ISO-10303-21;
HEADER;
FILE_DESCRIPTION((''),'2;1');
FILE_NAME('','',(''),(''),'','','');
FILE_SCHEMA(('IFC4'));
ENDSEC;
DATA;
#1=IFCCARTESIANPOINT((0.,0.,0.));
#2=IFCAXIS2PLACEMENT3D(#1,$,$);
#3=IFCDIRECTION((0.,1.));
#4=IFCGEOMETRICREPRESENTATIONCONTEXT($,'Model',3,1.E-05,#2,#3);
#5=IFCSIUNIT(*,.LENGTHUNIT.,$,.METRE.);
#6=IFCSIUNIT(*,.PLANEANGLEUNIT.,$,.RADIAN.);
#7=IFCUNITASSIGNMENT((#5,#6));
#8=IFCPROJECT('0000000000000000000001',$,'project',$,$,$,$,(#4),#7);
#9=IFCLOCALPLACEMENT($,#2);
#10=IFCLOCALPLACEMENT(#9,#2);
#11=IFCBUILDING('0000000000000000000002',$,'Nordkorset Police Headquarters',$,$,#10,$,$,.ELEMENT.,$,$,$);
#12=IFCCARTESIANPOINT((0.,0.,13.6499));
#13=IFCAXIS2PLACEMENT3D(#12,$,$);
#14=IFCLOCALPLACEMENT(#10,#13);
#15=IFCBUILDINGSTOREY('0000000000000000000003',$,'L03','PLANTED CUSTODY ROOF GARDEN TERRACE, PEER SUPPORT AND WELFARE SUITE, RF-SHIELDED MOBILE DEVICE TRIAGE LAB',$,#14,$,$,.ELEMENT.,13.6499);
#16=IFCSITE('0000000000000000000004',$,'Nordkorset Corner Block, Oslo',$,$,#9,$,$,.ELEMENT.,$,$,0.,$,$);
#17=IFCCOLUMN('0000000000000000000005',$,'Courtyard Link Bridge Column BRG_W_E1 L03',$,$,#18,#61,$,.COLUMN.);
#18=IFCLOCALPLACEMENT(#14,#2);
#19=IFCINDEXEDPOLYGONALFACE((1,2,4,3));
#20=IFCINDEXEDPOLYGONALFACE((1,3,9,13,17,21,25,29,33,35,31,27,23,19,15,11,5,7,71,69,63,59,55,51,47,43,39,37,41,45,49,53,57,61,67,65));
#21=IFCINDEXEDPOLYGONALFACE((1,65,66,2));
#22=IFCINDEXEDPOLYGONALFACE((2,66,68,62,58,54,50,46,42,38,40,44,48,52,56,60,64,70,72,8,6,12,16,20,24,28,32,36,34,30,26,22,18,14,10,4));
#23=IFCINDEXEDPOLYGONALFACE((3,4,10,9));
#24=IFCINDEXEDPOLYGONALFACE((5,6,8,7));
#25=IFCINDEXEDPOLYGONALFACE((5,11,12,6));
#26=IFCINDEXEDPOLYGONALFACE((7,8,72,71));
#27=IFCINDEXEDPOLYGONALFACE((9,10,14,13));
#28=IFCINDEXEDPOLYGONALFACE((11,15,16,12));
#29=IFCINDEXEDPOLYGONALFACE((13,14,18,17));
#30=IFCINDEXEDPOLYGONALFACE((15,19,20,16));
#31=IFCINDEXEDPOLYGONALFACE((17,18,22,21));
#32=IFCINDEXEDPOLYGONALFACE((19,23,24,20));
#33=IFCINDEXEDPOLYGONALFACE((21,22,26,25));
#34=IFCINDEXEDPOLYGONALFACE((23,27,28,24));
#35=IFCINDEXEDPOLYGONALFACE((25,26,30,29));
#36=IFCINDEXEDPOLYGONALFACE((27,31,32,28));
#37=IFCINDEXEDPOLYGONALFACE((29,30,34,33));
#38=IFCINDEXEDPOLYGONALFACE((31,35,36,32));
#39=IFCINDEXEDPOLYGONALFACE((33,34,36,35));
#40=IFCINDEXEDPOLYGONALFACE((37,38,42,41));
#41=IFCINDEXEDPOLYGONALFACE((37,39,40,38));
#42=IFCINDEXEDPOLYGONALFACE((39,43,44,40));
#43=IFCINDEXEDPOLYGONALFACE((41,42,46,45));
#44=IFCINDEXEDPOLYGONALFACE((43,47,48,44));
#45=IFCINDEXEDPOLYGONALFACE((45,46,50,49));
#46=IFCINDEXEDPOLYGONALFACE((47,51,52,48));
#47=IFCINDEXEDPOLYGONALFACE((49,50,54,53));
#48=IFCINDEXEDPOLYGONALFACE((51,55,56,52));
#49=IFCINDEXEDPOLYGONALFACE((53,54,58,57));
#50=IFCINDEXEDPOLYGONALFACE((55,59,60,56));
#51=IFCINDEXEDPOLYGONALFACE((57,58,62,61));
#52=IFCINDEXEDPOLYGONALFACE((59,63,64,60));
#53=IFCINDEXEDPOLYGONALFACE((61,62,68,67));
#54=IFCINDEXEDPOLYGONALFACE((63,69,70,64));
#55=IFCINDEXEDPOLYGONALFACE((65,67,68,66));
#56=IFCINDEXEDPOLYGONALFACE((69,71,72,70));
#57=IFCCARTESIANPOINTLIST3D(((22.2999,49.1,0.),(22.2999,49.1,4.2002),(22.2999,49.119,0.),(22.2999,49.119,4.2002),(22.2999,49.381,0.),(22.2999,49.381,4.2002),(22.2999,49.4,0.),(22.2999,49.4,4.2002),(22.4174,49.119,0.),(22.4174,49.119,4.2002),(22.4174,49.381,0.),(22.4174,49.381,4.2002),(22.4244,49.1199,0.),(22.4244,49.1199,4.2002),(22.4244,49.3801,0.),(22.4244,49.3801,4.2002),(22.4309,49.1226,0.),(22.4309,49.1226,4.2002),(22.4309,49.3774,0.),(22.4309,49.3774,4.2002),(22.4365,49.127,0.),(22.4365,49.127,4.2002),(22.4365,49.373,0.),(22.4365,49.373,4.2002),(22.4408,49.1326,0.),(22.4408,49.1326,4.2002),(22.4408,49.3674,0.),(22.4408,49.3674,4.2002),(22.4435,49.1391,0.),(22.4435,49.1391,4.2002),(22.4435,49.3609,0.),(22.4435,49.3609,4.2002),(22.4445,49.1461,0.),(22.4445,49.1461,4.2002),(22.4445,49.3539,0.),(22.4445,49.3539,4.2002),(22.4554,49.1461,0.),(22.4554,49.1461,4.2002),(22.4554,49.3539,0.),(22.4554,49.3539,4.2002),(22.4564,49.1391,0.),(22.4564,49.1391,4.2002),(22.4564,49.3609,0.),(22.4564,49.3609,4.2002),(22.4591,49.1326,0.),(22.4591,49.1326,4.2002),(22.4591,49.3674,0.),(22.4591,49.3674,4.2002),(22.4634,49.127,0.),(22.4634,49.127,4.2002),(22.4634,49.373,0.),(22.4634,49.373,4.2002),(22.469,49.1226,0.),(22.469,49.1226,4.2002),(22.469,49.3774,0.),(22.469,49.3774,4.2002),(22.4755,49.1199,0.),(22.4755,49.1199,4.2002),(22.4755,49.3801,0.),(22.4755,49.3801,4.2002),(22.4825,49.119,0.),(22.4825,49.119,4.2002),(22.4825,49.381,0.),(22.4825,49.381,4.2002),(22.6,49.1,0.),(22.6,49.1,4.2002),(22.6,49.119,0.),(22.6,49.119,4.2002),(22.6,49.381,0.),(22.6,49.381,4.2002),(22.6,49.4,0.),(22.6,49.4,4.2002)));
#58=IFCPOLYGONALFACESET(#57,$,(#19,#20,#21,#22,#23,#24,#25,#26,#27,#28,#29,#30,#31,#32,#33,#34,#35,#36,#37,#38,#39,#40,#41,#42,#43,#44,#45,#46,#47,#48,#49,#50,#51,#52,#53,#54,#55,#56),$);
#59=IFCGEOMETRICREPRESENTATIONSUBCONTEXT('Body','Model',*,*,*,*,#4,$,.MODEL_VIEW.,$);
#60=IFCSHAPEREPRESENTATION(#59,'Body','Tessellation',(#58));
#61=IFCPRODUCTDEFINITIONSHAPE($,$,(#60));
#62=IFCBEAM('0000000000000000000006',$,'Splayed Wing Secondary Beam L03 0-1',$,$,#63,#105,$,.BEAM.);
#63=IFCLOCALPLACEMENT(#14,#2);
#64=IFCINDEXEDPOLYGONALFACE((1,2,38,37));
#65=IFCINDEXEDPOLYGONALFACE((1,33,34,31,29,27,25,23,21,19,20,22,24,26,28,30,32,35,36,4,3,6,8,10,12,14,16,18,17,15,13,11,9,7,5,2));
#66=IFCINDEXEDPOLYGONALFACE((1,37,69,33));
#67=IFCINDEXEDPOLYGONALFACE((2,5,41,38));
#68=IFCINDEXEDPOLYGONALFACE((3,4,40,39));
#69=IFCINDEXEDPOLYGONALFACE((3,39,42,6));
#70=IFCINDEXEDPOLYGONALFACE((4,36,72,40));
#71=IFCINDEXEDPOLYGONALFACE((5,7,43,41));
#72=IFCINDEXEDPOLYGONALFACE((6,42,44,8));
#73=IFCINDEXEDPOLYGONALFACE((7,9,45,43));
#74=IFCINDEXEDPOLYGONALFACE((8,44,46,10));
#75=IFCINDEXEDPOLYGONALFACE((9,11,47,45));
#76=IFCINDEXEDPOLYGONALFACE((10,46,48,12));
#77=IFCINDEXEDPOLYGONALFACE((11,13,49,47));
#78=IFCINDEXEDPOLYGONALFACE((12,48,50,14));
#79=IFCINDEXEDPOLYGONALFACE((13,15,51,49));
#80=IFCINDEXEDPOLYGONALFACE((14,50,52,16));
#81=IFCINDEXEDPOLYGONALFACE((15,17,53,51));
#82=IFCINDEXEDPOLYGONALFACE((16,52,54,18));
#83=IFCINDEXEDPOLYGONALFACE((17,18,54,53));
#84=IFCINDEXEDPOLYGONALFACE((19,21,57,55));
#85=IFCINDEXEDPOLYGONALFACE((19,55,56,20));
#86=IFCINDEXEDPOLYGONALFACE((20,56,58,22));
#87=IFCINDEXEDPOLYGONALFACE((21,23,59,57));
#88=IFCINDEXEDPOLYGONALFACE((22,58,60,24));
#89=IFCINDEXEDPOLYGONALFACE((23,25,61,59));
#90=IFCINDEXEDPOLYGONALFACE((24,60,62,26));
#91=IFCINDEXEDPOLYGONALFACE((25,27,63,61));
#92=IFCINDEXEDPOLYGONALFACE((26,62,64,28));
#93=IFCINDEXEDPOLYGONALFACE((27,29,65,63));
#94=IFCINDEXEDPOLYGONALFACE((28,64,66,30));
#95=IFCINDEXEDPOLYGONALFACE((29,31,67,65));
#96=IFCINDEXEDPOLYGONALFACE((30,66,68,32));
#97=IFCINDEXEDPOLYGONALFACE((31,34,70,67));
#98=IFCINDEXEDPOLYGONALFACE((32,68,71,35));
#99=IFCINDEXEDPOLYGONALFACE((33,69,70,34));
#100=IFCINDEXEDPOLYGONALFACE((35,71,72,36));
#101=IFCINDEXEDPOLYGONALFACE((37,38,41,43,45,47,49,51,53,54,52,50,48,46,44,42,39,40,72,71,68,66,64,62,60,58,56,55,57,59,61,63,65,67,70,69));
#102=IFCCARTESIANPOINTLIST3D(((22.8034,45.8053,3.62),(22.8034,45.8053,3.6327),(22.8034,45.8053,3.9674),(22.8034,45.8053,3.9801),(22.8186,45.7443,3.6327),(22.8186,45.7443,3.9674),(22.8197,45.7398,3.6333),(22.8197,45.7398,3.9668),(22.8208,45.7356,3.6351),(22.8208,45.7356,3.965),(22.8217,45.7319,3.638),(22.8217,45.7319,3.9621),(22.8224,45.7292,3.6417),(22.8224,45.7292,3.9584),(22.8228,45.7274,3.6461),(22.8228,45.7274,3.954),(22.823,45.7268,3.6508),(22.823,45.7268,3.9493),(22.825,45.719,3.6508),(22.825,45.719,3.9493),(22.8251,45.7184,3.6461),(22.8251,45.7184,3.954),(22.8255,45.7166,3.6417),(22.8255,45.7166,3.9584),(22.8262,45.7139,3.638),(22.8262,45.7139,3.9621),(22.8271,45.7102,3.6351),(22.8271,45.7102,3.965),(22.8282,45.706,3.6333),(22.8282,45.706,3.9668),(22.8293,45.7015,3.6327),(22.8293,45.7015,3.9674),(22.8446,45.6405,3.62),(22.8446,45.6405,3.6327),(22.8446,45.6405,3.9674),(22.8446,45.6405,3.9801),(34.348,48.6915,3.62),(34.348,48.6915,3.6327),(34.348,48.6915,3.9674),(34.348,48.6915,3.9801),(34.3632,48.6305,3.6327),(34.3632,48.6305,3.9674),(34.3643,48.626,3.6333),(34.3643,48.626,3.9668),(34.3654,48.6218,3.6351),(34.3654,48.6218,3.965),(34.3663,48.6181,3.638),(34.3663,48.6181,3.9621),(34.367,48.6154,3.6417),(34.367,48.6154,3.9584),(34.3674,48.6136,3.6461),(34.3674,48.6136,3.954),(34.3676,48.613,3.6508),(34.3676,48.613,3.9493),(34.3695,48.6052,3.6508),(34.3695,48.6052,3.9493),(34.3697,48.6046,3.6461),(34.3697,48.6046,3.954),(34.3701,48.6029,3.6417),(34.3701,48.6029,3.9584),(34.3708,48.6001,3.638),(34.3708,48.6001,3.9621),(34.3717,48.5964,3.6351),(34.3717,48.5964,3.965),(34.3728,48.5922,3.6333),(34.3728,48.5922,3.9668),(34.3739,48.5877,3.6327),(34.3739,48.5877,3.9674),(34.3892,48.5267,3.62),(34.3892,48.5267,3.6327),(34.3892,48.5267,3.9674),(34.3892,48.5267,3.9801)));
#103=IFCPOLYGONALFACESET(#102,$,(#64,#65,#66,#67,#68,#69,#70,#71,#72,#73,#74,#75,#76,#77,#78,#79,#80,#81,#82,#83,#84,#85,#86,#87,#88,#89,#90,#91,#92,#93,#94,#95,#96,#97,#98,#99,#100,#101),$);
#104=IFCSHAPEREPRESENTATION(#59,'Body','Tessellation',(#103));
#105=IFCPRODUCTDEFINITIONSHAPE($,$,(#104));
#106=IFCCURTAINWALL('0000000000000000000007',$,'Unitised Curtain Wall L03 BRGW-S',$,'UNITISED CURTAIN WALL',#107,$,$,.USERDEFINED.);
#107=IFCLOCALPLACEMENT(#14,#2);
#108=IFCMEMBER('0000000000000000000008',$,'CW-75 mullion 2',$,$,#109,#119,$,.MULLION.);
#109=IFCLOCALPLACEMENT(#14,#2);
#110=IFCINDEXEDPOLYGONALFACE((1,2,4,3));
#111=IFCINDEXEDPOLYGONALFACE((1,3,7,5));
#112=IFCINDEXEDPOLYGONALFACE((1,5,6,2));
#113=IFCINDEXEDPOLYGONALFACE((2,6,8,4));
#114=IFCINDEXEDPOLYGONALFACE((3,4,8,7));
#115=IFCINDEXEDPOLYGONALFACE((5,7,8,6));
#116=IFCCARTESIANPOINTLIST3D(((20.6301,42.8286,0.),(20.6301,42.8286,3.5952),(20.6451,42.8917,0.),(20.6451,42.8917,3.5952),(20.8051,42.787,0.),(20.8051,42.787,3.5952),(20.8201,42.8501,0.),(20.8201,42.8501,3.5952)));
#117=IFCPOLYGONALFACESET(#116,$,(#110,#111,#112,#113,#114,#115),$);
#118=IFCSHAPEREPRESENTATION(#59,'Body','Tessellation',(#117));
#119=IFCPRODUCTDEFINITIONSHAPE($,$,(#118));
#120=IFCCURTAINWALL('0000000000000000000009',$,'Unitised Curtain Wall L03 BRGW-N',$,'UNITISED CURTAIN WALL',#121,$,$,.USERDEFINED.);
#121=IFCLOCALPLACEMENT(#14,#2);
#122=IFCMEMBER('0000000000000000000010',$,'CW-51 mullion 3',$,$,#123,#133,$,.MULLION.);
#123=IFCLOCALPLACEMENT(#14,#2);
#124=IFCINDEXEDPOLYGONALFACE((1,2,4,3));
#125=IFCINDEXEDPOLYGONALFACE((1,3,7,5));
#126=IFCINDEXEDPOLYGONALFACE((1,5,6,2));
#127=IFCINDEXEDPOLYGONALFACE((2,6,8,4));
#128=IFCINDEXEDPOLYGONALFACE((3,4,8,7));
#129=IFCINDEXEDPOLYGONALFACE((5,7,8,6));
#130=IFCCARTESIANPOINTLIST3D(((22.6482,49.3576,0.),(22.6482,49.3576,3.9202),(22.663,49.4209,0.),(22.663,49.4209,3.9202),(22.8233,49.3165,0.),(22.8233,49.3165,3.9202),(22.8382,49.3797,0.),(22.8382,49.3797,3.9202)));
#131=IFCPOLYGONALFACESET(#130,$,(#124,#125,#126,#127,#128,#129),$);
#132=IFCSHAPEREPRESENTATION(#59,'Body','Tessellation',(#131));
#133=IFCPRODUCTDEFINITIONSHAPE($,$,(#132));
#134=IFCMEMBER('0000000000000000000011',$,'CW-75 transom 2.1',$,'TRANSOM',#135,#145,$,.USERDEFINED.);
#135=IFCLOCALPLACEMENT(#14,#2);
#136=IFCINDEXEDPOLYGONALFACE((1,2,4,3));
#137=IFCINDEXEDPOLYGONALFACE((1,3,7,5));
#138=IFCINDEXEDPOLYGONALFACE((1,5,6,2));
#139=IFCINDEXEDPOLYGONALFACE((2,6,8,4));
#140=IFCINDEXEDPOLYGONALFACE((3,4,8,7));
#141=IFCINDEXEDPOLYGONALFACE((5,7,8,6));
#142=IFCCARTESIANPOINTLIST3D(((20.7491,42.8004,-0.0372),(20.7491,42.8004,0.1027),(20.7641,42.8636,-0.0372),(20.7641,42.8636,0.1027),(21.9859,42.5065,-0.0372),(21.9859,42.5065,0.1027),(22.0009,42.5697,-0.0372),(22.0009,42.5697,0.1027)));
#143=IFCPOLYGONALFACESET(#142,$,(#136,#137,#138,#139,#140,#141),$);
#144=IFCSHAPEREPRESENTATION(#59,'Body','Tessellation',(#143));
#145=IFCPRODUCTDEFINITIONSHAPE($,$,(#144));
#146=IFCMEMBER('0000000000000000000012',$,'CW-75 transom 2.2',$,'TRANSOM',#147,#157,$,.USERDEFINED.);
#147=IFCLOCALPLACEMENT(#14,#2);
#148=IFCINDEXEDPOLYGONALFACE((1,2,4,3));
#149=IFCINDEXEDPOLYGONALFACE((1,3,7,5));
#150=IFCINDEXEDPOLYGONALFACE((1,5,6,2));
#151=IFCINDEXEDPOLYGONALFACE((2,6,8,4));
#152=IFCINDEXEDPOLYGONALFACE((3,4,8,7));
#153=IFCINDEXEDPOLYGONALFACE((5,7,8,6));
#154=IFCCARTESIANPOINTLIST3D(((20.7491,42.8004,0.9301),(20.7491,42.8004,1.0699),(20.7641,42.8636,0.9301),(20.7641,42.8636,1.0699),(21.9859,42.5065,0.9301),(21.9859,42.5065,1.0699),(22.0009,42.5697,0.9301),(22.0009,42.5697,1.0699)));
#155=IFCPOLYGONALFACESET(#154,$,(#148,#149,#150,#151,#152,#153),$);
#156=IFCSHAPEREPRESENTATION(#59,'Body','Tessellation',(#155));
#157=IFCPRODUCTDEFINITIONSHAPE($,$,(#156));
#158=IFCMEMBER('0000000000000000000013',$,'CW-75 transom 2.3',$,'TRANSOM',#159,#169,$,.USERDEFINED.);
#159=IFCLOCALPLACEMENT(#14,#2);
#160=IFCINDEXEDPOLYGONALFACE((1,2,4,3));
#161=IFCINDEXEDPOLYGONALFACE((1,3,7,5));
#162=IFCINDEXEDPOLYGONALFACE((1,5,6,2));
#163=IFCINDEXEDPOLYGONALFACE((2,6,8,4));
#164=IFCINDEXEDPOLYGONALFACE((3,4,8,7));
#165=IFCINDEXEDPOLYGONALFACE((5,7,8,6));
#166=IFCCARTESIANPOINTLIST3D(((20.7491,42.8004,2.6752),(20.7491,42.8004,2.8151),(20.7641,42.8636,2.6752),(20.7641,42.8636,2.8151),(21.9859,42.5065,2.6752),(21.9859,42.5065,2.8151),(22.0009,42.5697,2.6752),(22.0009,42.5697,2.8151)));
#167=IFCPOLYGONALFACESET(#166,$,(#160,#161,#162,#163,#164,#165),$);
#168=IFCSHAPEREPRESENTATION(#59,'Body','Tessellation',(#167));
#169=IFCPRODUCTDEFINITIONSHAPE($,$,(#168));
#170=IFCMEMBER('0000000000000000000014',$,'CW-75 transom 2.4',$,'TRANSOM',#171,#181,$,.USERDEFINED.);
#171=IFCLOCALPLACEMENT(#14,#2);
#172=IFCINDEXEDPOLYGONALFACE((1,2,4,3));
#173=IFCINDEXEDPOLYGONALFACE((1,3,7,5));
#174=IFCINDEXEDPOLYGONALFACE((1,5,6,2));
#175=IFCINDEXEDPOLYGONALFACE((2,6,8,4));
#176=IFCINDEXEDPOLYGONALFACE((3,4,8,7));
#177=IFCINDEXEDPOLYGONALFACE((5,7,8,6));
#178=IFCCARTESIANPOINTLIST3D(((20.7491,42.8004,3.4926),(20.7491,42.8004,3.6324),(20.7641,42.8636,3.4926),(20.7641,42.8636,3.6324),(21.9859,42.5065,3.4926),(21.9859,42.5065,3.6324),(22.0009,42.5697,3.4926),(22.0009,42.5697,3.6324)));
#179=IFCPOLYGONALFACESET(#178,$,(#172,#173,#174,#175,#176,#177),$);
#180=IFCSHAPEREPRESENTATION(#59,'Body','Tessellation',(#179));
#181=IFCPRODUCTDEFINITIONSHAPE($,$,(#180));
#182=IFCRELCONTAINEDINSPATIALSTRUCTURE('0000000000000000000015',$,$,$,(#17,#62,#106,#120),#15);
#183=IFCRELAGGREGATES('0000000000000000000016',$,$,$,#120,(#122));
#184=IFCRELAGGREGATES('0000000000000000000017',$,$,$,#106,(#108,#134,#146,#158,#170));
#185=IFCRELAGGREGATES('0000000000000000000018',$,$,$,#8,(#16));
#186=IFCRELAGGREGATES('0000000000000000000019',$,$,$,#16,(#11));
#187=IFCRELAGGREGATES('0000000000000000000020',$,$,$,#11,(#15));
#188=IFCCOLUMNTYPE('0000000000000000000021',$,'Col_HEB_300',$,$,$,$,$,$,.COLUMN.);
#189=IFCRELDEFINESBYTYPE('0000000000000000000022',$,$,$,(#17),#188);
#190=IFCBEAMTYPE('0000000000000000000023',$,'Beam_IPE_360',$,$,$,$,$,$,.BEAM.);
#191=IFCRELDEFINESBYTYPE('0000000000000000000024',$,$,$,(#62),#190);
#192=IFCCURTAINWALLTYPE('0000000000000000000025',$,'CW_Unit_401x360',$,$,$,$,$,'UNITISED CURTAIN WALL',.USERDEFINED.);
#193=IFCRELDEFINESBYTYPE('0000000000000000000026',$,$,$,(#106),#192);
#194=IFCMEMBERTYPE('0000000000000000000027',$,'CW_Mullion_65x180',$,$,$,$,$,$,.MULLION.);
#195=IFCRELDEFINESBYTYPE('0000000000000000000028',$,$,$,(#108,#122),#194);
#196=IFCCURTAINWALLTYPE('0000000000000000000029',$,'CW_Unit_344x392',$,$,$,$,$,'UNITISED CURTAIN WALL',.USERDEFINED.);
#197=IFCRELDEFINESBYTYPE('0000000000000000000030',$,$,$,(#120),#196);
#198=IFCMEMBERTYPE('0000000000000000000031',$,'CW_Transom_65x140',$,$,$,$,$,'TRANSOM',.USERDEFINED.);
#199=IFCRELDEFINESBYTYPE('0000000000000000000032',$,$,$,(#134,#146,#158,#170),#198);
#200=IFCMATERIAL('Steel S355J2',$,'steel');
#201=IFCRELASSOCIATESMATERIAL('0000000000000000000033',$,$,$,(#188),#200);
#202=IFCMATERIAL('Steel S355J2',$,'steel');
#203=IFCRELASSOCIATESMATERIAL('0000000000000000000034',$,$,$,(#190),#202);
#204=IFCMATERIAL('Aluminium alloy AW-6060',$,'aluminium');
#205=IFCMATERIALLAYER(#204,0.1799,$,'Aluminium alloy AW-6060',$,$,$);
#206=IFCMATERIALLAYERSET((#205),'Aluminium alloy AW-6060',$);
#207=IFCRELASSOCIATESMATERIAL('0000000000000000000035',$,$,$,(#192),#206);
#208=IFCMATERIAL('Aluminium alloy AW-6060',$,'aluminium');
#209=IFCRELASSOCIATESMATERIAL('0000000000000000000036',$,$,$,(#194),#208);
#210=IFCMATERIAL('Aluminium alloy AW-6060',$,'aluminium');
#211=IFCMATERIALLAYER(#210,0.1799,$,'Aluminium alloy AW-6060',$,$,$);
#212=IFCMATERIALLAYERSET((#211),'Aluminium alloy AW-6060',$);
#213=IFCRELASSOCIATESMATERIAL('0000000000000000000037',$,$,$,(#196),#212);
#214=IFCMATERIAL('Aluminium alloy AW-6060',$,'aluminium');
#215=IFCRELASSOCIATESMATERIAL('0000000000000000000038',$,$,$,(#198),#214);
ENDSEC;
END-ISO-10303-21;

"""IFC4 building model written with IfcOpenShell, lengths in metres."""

from ifc_helpers import new_model, si_unit, direction, frame, origin, origin_2d, place, context, subcontext, project, spatial, rectangle, i_section, extrude, material, layer, layer_set, material_profile, profile_set, type_object, element, aggregate, save


model = new_model("IFC4")

# Units and contexts
model_context = context("Model", 3, precision=1e-05, world=origin(), true_north=direction((0.0, 1.0)))
body_context = subcontext(model_context, "Body", "Model", "MODEL_VIEW")
ifc_project = project(units=[si_unit("LENGTHUNIT", "METRE"), si_unit("PLANEANGLEUNIT", "RADIAN")], contexts=[model_context])

# Site, building, storey
site_placement = place(None, origin())
site = spatial("IfcSite", under=ifc_project, at=site_placement, Name="Nordkorset Corner Block, Oslo", CompositionType="ELEMENT", RefElevation=0.0)
building_placement = place(site_placement, origin())
building = spatial("IfcBuilding", under=site, at=building_placement, Name="Nordkorset Police Headquarters", CompositionType="ELEMENT")
storey_placement = place(building_placement, frame((0.0, 0.0, 13.6499)))
storey = spatial("IfcBuildingStorey", under=building, at=storey_placement, Name="L03", Description="PLANTED CUSTODY ROOF GARDEN TERRACE, PEER SUPPORT AND WELFARE SUITE, RF-SHIELDED MOBILE DEVICE TRIAGE LAB", CompositionType="ELEMENT", Elevation=13.6499)

# Column
ifc_material_1 = material(Name="Steel S355J2", Category="steel")
ifc_material_profile_1 = material_profile(ifc_material_1, i_section(OverallWidth=0.3, OverallDepth=0.3, WebThickness=0.011, FlangeThickness=0.019, FilletRadius=0.0271, at=origin_2d()), Name="HEB 300")
ifc_profile_set_1 = profile_set([ifc_material_profile_1], Name="Steel S355J2")
column_type = type_object("IfcColumnType", Name="Col_HEB_300", PredefinedType="COLUMN", material=ifc_profile_set_1)
column_placement = place(storey_placement, frame((22.45, 49.25, 0.0), z_axis=(0.0, 0.0, 1.0), x_axis=(1.0, 0.0, 0.0)))
element("IfcColumn", 1, at=column_placement, inside=storey, type_object=column_type, Name="Courtyard Link Bridge Column BRG_W_E1 L03", PredefinedType="COLUMN", context=body_context, shape_type="SweptSolid", body=[
    extrude(i_section(OverallWidth=0.3, OverallDepth=0.3, WebThickness=0.011, FlangeThickness=0.019, FilletRadius=0.0271, at=origin_2d()), origin(), (0.0, 0.0, 1.0), 4.2002),
])

# Beam
ifc_material_2 = material(Name="Steel S355J2", Category="steel")
ifc_material_profile_2 = material_profile(ifc_material_2, i_section(OverallWidth=0.1699, OverallDepth=0.3601, WebThickness=0.0081, FlangeThickness=0.0127, FilletRadius=0.0181, at=origin_2d()), Name="IPE 360")
ifc_profile_set_2 = profile_set([ifc_material_profile_2], Name="Steel S355J2")
beam_type_1 = type_object("IfcBeamType", Name="Beam_IPE_360", PredefinedType="BEAM", material=ifc_profile_set_2)
beam_1_placement = place(storey_placement, frame((22.824, 45.7229, 3.8), z_axis=(0.970141, 0.24254, 0.0), x_axis=(-0.24254, 0.970141, 0.0)))
element("IfcBeam", 2, at=beam_1_placement, inside=storey, type_object=beam_type_1, Name="Splayed Wing Secondary Beam L03 0-1", PredefinedType="BEAM", context=body_context, shape_type="SweptSolid", body=[
    extrude(i_section(OverallWidth=0.1699, OverallDepth=0.3601, WebThickness=0.0081, FlangeThickness=0.0127, FilletRadius=0.0181, at=origin_2d()), origin(), (0.0, 0.0, 1.0), 11.8999),
])

# Curtain walls, members
ifc_material_3 = material(Name="Aluminium alloy AW-6060", Category="aluminium")
ifc_layer_1 = layer(ifc_material_3, 0.1799, Name="Aluminium alloy AW-6060")
ifc_layer_set_1 = layer_set([ifc_layer_1], Name="Aluminium alloy AW-6060")
curtain_wall_type_1 = type_object("IfcCurtainWallType", Name="CW_Unit_401x360", ElementType="UNITISED CURTAIN WALL", PredefinedType="USERDEFINED", material=ifc_layer_set_1)
curtain_wall_1_placement = place(storey_placement, origin())
curtain_wall_1 = element("IfcCurtainWall", 3, at=curtain_wall_1_placement, inside=storey, type_object=curtain_wall_type_1, Name="Unitised Curtain Wall L03 BRGW-S", ObjectType="UNITISED CURTAIN WALL", PredefinedType="USERDEFINED")
ifc_material_4 = material(Name="Aluminium alloy AW-6060", Category="aluminium")
ifc_material_profile_3 = material_profile(ifc_material_4, rectangle(XDim=0.0649, YDim=0.1799, at=origin_2d()), Name="ALU MULL 65x180")
ifc_profile_set_3 = profile_set([ifc_material_profile_3], Name="Aluminium alloy AW-6060")
member_type_1 = type_object("IfcMemberType", Name="CW_Mullion_65x180", PredefinedType="MULLION", material=ifc_profile_set_3)
member_1_placement = place(storey_placement, frame((20.7251, 42.8394, 0.0), z_axis=(0.0, 0.0, 1.0), x_axis=(0.231206, 0.972905, 0.0)))
member_1 = element("IfcMember", 4, at=member_1_placement, type_object=member_type_1, Name="CW-75 mullion 2", PredefinedType="MULLION", context=body_context, shape_type="SweptSolid", body=[
    extrude(rectangle(XDim=0.0649, YDim=0.1799, at=origin_2d()), origin(), (0.0, 0.0, 1.0), 3.5952),
])
ifc_material_5 = material(Name="Aluminium alloy AW-6060", Category="aluminium")
ifc_layer_2 = layer(ifc_material_5, 0.1799, Name="Aluminium alloy AW-6060")
ifc_layer_set_2 = layer_set([ifc_layer_2], Name="Aluminium alloy AW-6060")
curtain_wall_type_2 = type_object("IfcCurtainWallType", Name="CW_Unit_344x392", ElementType="UNITISED CURTAIN WALL", PredefinedType="USERDEFINED", material=ifc_layer_set_2)
curtain_wall_2_placement = place(storey_placement, origin())
curtain_wall_2 = element("IfcCurtainWall", 5, at=curtain_wall_2_placement, inside=storey, type_object=curtain_wall_type_2, Name="Unitised Curtain Wall L03 BRGW-N", ObjectType="UNITISED CURTAIN WALL", PredefinedType="USERDEFINED")
member_2_placement = place(storey_placement, frame((22.7432, 49.3687, 0.0), z_axis=(0.0, 0.0, 1.0), x_axis=(0.228893, 0.973452, 0.0)))
member_2 = element("IfcMember", 6, at=member_2_placement, type_object=member_type_1, Name="CW-51 mullion 3", PredefinedType="MULLION", context=body_context, shape_type="SweptSolid", body=[
    extrude(rectangle(XDim=0.0649, YDim=0.1799, at=origin_2d()), origin(), (0.0, 0.0, 1.0), 3.9202),
])
aggregate(curtain_wall_2, [member_2])

# Members
ifc_material_6 = material(Name="Aluminium alloy AW-6060", Category="aluminium")
ifc_material_profile_4 = material_profile(ifc_material_6, rectangle(XDim=0.0649, YDim=0.1399, at=origin_2d()), Name="ALU TRAN 65x140")
ifc_profile_set_4 = profile_set([ifc_material_profile_4], Name="Aluminium alloy AW-6060")
member_type_2 = type_object("IfcMemberType", Name="CW_Transom_65x140", ElementType="TRANSOM", PredefinedType="USERDEFINED", material=ifc_profile_set_4)
member_3_placement = place(storey_placement, frame((20.7566, 42.832, 0.0327), z_axis=(0.972901, -0.231222, 0.0), x_axis=(0.231222, 0.972901, 0.0)))
member_3 = element("IfcMember", 7, at=member_3_placement, type_object=member_type_2, Name="CW-75 transom 2.1", ObjectType="TRANSOM", PredefinedType="USERDEFINED", context=body_context, shape_type="SweptSolid", body=[
    extrude(rectangle(XDim=0.0649, YDim=0.1399, at=origin_2d()), origin(), (0.0, 0.0, 1.0), 1.2712),
])
member_4_placement = place(storey_placement, frame((20.7566, 42.832, 1.0), z_axis=(0.972901, -0.231222, 0.0), x_axis=(0.231222, 0.972901, 0.0)))
member_4 = element("IfcMember", 8, at=member_4_placement, type_object=member_type_2, Name="CW-75 transom 2.2", ObjectType="TRANSOM", PredefinedType="USERDEFINED", context=body_context, shape_type="SweptSolid", body=[
    extrude(rectangle(XDim=0.0649, YDim=0.1399, at=origin_2d()), origin(), (0.0, 0.0, 1.0), 1.2712),
])
member_5_placement = place(storey_placement, frame((20.7566, 42.832, 2.7451), z_axis=(0.972901, -0.231222, 0.0), x_axis=(0.231222, 0.972901, 0.0)))
member_5 = element("IfcMember", 9, at=member_5_placement, type_object=member_type_2, Name="CW-75 transom 2.3", ObjectType="TRANSOM", PredefinedType="USERDEFINED", context=body_context, shape_type="SweptSolid", body=[
    extrude(rectangle(XDim=0.0649, YDim=0.1399, at=origin_2d()), origin(), (0.0, 0.0, 1.0), 1.2712),
])
member_6_placement = place(storey_placement, frame((20.7566, 42.832, 3.5625), z_axis=(0.972901, -0.231222, 0.0), x_axis=(0.231222, 0.972901, 0.0)))
member_6 = element("IfcMember", 10, at=member_6_placement, type_object=member_type_2, Name="CW-75 transom 2.4", ObjectType="TRANSOM", PredefinedType="USERDEFINED", context=body_context, shape_type="SweptSolid", body=[
    extrude(rectangle(XDim=0.0649, YDim=0.1399, at=origin_2d()), origin(), (0.0, 0.0, 1.0), 1.2712),
])

aggregate(curtain_wall_1, [member_1, member_3, member_4, member_5, member_6])

save(model, "model.ifc")
